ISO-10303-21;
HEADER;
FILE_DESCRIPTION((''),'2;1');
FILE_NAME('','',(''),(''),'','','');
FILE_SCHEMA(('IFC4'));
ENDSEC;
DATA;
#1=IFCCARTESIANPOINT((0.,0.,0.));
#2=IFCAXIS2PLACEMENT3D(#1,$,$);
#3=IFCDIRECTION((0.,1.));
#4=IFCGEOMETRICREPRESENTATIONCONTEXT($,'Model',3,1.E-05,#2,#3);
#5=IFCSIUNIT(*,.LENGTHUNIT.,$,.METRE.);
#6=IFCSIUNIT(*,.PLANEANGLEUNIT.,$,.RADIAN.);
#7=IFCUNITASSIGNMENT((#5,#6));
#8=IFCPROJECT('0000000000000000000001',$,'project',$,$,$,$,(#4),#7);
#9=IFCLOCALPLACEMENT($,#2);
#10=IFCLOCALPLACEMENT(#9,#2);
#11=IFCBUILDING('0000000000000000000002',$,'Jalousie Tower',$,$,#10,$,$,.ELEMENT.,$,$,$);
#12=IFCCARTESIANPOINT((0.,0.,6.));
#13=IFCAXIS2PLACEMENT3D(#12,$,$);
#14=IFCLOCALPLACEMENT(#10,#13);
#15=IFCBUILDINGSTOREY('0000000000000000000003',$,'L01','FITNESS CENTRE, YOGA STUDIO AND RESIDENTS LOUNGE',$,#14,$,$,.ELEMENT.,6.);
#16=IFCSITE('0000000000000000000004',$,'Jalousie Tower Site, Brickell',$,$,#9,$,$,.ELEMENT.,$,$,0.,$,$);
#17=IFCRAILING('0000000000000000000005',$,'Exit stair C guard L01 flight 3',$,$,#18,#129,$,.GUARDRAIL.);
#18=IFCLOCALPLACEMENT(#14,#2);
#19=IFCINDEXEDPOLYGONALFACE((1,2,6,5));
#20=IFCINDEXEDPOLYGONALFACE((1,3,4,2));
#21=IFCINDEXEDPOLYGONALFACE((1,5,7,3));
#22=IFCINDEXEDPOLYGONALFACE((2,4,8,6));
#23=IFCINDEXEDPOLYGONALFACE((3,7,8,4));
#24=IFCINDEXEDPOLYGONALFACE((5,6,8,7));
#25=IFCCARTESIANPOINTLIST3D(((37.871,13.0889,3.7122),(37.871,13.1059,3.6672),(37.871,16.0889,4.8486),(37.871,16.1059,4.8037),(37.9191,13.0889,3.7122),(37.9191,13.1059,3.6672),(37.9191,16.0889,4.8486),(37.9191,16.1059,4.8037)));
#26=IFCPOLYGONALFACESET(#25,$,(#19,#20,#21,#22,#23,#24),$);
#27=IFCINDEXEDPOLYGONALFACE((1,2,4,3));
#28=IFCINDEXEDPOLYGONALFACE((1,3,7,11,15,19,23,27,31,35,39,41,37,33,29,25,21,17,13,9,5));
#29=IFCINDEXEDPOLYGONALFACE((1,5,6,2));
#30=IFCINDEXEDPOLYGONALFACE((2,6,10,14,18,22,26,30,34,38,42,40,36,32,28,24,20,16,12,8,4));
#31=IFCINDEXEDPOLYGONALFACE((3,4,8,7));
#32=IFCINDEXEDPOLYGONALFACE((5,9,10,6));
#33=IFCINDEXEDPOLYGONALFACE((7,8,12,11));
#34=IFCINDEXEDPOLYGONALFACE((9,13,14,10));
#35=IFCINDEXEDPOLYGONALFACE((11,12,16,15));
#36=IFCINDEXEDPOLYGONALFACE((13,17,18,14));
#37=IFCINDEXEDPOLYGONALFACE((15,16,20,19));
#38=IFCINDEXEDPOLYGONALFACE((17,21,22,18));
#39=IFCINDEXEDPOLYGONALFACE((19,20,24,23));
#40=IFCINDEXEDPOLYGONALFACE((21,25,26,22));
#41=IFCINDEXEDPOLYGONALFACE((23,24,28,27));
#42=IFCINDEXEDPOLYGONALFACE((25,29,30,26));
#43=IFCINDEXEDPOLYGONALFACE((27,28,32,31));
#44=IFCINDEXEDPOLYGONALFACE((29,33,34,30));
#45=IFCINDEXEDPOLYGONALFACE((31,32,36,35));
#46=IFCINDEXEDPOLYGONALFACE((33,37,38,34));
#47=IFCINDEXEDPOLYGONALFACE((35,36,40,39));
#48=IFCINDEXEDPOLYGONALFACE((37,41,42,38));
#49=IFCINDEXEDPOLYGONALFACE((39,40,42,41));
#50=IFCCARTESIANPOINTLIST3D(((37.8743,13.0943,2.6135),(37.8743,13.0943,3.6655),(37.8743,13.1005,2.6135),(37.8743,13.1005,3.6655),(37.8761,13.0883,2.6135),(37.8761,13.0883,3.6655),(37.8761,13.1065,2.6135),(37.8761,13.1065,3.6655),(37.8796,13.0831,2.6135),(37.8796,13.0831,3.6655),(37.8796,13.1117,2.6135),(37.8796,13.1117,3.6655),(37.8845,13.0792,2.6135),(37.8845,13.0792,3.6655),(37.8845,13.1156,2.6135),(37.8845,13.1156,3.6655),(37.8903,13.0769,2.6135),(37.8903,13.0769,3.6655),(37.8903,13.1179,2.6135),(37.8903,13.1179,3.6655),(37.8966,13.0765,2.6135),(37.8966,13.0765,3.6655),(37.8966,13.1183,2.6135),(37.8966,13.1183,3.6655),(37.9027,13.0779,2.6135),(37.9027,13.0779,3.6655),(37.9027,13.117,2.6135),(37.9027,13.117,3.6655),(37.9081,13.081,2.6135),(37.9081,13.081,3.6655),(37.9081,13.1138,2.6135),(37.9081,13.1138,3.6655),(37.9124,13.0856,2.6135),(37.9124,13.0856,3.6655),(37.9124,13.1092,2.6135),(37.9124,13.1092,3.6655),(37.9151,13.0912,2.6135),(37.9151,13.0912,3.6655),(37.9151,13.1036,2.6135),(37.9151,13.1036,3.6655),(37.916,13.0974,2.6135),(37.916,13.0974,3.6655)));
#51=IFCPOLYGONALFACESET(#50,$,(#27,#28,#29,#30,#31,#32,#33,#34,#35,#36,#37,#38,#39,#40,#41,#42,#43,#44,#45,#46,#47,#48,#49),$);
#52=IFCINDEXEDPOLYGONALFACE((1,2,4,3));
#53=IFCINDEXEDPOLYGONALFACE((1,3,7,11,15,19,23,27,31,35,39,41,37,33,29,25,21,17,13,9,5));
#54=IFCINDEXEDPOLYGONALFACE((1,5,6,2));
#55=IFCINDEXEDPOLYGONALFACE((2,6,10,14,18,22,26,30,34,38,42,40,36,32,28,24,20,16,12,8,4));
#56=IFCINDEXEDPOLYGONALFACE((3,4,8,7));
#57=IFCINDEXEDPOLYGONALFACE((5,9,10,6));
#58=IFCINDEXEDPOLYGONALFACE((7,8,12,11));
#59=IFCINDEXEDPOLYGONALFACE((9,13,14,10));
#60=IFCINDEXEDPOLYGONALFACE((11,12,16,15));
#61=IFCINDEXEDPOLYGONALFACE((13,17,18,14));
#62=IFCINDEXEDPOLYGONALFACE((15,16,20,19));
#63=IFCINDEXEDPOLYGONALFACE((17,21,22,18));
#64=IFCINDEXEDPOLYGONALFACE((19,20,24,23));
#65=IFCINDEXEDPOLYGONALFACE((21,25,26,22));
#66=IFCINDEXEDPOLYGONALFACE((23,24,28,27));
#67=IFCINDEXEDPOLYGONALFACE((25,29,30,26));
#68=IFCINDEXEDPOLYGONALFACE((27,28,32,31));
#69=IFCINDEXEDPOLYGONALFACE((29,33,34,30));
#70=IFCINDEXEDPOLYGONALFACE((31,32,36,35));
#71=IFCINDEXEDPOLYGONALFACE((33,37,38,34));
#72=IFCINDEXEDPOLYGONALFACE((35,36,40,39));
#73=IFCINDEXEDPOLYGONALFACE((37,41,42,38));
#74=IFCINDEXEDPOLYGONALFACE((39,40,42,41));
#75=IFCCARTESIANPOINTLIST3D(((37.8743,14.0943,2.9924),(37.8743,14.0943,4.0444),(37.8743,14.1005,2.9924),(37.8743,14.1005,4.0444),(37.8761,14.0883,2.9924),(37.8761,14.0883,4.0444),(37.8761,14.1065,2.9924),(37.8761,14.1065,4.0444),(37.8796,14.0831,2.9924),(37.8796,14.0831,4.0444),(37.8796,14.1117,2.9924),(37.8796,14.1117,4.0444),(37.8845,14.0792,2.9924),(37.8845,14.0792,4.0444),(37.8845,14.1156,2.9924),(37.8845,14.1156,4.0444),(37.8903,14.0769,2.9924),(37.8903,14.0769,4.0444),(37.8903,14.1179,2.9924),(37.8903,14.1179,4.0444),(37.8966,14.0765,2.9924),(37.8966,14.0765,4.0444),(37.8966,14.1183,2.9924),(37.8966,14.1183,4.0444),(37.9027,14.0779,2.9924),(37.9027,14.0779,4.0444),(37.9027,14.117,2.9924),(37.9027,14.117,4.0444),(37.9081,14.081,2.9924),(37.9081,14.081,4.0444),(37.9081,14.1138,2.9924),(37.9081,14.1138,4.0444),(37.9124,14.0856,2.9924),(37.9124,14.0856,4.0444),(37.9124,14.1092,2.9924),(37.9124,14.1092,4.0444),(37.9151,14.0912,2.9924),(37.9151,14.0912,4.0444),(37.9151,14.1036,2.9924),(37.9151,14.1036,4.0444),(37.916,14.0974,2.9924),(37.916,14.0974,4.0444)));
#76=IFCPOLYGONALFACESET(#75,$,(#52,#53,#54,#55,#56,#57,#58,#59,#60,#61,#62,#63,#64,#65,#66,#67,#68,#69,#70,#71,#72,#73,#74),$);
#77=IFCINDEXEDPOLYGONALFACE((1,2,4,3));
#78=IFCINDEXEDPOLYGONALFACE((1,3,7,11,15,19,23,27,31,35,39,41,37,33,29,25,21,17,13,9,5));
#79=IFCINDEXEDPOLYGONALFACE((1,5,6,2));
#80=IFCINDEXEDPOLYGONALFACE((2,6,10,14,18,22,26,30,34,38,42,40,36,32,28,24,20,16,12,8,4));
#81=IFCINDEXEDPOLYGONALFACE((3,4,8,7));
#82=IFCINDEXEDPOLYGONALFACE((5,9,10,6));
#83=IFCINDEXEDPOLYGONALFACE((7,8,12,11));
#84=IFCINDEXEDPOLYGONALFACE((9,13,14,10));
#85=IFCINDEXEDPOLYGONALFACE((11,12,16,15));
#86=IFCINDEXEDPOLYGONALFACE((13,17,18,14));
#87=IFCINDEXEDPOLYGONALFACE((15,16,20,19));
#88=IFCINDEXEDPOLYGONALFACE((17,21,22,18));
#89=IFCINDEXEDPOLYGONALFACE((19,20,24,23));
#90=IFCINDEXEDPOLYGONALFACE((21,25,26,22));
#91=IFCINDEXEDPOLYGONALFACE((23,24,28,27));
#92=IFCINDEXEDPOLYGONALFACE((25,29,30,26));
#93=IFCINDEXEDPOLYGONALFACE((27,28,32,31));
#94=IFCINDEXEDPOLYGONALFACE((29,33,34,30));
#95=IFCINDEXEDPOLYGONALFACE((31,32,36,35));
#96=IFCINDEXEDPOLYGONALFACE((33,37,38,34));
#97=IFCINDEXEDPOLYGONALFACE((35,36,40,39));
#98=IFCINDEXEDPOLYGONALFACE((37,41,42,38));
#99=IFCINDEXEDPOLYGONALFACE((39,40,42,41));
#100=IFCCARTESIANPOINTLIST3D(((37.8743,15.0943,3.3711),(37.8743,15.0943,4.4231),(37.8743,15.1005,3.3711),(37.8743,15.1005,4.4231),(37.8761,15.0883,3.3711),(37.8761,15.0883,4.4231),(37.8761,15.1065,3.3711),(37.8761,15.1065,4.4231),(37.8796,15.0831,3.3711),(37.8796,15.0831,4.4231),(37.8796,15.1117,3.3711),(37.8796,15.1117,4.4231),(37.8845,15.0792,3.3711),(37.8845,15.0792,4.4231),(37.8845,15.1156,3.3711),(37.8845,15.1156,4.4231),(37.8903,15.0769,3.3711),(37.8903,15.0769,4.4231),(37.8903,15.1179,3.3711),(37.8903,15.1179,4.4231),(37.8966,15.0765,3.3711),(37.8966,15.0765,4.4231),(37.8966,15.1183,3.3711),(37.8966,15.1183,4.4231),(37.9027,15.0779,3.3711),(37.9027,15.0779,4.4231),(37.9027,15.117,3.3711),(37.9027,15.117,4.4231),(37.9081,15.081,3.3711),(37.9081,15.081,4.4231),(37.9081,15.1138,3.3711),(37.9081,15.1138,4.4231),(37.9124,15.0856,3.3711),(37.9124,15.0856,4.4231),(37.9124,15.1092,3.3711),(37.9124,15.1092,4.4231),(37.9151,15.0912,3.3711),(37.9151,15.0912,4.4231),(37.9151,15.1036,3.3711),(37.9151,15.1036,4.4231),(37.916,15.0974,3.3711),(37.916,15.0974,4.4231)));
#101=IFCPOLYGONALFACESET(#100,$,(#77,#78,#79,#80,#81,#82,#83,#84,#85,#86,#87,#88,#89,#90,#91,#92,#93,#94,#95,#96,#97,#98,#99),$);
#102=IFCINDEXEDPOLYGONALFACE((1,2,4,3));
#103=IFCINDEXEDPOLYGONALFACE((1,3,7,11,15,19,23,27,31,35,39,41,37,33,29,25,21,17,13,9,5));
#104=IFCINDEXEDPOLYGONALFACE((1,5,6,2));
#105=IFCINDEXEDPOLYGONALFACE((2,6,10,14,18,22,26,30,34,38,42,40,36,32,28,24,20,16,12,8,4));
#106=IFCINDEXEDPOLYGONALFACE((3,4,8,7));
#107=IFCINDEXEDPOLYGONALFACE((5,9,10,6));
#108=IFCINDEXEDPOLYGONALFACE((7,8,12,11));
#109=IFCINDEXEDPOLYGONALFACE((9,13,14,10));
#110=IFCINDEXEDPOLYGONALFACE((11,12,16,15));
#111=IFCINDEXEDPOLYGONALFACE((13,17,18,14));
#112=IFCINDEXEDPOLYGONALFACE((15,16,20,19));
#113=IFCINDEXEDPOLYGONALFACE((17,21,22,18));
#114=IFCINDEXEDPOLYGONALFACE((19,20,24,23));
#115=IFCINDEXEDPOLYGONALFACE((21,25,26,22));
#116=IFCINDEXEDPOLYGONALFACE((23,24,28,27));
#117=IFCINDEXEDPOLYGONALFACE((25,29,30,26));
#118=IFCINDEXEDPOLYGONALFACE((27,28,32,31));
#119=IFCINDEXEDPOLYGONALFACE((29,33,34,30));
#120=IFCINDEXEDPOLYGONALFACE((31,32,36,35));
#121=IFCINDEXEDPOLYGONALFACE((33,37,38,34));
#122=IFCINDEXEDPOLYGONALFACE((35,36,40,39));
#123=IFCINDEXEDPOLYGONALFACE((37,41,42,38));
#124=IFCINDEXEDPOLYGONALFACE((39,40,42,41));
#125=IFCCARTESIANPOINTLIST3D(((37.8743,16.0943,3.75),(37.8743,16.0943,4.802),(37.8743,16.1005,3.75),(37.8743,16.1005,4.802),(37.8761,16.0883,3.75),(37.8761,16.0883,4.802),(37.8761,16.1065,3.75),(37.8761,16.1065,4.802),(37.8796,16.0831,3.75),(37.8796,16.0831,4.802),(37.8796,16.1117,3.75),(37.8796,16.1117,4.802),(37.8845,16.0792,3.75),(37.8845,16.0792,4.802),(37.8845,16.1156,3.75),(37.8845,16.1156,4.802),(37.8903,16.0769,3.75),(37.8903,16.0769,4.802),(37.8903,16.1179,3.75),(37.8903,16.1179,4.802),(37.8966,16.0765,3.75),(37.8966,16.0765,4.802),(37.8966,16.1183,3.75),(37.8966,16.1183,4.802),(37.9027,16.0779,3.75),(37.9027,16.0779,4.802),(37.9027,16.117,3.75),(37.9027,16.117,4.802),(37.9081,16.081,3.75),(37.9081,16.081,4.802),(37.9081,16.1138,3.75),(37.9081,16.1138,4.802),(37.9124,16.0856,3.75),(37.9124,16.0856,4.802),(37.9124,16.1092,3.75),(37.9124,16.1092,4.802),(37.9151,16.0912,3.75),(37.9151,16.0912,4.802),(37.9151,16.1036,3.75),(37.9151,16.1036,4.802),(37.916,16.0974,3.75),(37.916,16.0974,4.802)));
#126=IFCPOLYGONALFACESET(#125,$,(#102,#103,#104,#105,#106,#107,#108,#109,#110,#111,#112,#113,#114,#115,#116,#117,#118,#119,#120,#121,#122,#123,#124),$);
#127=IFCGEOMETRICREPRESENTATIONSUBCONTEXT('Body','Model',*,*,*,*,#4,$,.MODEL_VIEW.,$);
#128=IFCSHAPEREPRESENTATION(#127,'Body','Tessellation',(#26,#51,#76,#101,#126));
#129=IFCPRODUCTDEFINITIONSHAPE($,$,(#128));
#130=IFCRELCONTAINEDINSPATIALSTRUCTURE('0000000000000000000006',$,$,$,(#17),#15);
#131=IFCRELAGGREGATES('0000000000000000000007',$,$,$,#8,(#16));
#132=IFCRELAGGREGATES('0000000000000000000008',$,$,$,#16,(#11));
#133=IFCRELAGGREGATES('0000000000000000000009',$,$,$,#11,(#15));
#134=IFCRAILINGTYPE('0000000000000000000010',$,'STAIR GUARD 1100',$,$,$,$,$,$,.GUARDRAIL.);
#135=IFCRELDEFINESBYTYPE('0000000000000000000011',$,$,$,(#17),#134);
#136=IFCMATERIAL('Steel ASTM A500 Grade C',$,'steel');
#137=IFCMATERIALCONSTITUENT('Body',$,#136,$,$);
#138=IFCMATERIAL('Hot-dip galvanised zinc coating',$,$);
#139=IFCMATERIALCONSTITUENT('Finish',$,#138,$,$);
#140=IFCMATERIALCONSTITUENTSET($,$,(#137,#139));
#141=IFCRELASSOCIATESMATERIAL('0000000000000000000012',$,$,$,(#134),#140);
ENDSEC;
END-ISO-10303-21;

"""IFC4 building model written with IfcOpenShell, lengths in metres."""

from ifc_helpers import new_model, si_unit, direction, frame, origin, origin_2d, place, context, subcontext, project, spatial, rectangle, circle, extrude, material, constituent, constituent_set, type_object, element, save


model = new_model("IFC4")

# Units and contexts
model_context = context("Model", 3, precision=1e-05, world=origin(), true_north=direction((0.0, 1.0)))
body_context = subcontext(model_context, "Body", "Model", "MODEL_VIEW")
ifc_project = project(units=[si_unit("LENGTHUNIT", "METRE"), si_unit("PLANEANGLEUNIT", "RADIAN")], contexts=[model_context])

# Site, building, storey
site_placement = place(None, origin())
site = spatial("IfcSite", under=ifc_project, at=site_placement, Name="Jalousie Tower Site, Brickell", CompositionType="ELEMENT", RefElevation=0.0)
building_placement = place(site_placement, origin())
building = spatial("IfcBuilding", under=site, at=building_placement, Name="Jalousie Tower", CompositionType="ELEMENT")
storey_placement = place(building_placement, frame((0.0, 0.0, 6.0)))
storey = spatial("IfcBuildingStorey", under=building, at=storey_placement, Name="L01", Description="FITNESS CENTRE, YOGA STUDIO AND RESIDENTS LOUNGE", CompositionType="ELEMENT", Elevation=6.0)

# Railing
ifc_material_1 = material(Name="Steel ASTM A500 Grade C", Category="steel")
ifc_constituent_1 = constituent(ifc_material_1, Name="Body")
ifc_material_2 = material(Name="Hot-dip galvanised zinc coating")
ifc_constituent_2 = constituent(ifc_material_2, Name="Finish")
ifc_constituent_set_1 = constituent_set(constituents=[ifc_constituent_1, ifc_constituent_2])
railing_type_1 = type_object("IfcRailingType", Name="STAIR GUARD 1100", PredefinedType="GUARDRAIL", material=ifc_constituent_set_1)
railing_1_placement = place(storey_placement, frame((37.895, 13.0974, 2.6135)))
element("IfcRailing", 1, at=railing_1_placement, inside=storey, type_object=railing_type_1, Name="Exit stair C guard L01 flight 3", PredefinedType="GUARDRAIL", context=body_context, shape_type="SweptSolid", body=[
    extrude(rectangle(XDim=0.0481, YDim=0.0481, at=origin_2d()), frame((0.0, 0.0, 1.0762), z_axis=(0.0, 0.935148, 0.354257), x_axis=(-1.0, 0.0, 0.0)), (0.0, 0.0, 1.0), 3.208),
    extrude(circle(Radius=0.021, at=origin_2d()), origin(), (0.0, 0.0, 1.0), 1.052),
    extrude(circle(Radius=0.021, at=origin_2d()), frame((0.0, 1.0, 0.3789)), (0.0, 0.0, 1.0), 1.052),
    extrude(circle(Radius=0.021, at=origin_2d()), frame((0.0, 2.0, 0.7576)), (0.0, 0.0, 1.0), 1.052),
    extrude(circle(Radius=0.021, at=origin_2d()), frame((0.0, 3.0, 1.1365)), (0.0, 0.0, 1.0), 1.052),
])

save(model, "model.ifc")
